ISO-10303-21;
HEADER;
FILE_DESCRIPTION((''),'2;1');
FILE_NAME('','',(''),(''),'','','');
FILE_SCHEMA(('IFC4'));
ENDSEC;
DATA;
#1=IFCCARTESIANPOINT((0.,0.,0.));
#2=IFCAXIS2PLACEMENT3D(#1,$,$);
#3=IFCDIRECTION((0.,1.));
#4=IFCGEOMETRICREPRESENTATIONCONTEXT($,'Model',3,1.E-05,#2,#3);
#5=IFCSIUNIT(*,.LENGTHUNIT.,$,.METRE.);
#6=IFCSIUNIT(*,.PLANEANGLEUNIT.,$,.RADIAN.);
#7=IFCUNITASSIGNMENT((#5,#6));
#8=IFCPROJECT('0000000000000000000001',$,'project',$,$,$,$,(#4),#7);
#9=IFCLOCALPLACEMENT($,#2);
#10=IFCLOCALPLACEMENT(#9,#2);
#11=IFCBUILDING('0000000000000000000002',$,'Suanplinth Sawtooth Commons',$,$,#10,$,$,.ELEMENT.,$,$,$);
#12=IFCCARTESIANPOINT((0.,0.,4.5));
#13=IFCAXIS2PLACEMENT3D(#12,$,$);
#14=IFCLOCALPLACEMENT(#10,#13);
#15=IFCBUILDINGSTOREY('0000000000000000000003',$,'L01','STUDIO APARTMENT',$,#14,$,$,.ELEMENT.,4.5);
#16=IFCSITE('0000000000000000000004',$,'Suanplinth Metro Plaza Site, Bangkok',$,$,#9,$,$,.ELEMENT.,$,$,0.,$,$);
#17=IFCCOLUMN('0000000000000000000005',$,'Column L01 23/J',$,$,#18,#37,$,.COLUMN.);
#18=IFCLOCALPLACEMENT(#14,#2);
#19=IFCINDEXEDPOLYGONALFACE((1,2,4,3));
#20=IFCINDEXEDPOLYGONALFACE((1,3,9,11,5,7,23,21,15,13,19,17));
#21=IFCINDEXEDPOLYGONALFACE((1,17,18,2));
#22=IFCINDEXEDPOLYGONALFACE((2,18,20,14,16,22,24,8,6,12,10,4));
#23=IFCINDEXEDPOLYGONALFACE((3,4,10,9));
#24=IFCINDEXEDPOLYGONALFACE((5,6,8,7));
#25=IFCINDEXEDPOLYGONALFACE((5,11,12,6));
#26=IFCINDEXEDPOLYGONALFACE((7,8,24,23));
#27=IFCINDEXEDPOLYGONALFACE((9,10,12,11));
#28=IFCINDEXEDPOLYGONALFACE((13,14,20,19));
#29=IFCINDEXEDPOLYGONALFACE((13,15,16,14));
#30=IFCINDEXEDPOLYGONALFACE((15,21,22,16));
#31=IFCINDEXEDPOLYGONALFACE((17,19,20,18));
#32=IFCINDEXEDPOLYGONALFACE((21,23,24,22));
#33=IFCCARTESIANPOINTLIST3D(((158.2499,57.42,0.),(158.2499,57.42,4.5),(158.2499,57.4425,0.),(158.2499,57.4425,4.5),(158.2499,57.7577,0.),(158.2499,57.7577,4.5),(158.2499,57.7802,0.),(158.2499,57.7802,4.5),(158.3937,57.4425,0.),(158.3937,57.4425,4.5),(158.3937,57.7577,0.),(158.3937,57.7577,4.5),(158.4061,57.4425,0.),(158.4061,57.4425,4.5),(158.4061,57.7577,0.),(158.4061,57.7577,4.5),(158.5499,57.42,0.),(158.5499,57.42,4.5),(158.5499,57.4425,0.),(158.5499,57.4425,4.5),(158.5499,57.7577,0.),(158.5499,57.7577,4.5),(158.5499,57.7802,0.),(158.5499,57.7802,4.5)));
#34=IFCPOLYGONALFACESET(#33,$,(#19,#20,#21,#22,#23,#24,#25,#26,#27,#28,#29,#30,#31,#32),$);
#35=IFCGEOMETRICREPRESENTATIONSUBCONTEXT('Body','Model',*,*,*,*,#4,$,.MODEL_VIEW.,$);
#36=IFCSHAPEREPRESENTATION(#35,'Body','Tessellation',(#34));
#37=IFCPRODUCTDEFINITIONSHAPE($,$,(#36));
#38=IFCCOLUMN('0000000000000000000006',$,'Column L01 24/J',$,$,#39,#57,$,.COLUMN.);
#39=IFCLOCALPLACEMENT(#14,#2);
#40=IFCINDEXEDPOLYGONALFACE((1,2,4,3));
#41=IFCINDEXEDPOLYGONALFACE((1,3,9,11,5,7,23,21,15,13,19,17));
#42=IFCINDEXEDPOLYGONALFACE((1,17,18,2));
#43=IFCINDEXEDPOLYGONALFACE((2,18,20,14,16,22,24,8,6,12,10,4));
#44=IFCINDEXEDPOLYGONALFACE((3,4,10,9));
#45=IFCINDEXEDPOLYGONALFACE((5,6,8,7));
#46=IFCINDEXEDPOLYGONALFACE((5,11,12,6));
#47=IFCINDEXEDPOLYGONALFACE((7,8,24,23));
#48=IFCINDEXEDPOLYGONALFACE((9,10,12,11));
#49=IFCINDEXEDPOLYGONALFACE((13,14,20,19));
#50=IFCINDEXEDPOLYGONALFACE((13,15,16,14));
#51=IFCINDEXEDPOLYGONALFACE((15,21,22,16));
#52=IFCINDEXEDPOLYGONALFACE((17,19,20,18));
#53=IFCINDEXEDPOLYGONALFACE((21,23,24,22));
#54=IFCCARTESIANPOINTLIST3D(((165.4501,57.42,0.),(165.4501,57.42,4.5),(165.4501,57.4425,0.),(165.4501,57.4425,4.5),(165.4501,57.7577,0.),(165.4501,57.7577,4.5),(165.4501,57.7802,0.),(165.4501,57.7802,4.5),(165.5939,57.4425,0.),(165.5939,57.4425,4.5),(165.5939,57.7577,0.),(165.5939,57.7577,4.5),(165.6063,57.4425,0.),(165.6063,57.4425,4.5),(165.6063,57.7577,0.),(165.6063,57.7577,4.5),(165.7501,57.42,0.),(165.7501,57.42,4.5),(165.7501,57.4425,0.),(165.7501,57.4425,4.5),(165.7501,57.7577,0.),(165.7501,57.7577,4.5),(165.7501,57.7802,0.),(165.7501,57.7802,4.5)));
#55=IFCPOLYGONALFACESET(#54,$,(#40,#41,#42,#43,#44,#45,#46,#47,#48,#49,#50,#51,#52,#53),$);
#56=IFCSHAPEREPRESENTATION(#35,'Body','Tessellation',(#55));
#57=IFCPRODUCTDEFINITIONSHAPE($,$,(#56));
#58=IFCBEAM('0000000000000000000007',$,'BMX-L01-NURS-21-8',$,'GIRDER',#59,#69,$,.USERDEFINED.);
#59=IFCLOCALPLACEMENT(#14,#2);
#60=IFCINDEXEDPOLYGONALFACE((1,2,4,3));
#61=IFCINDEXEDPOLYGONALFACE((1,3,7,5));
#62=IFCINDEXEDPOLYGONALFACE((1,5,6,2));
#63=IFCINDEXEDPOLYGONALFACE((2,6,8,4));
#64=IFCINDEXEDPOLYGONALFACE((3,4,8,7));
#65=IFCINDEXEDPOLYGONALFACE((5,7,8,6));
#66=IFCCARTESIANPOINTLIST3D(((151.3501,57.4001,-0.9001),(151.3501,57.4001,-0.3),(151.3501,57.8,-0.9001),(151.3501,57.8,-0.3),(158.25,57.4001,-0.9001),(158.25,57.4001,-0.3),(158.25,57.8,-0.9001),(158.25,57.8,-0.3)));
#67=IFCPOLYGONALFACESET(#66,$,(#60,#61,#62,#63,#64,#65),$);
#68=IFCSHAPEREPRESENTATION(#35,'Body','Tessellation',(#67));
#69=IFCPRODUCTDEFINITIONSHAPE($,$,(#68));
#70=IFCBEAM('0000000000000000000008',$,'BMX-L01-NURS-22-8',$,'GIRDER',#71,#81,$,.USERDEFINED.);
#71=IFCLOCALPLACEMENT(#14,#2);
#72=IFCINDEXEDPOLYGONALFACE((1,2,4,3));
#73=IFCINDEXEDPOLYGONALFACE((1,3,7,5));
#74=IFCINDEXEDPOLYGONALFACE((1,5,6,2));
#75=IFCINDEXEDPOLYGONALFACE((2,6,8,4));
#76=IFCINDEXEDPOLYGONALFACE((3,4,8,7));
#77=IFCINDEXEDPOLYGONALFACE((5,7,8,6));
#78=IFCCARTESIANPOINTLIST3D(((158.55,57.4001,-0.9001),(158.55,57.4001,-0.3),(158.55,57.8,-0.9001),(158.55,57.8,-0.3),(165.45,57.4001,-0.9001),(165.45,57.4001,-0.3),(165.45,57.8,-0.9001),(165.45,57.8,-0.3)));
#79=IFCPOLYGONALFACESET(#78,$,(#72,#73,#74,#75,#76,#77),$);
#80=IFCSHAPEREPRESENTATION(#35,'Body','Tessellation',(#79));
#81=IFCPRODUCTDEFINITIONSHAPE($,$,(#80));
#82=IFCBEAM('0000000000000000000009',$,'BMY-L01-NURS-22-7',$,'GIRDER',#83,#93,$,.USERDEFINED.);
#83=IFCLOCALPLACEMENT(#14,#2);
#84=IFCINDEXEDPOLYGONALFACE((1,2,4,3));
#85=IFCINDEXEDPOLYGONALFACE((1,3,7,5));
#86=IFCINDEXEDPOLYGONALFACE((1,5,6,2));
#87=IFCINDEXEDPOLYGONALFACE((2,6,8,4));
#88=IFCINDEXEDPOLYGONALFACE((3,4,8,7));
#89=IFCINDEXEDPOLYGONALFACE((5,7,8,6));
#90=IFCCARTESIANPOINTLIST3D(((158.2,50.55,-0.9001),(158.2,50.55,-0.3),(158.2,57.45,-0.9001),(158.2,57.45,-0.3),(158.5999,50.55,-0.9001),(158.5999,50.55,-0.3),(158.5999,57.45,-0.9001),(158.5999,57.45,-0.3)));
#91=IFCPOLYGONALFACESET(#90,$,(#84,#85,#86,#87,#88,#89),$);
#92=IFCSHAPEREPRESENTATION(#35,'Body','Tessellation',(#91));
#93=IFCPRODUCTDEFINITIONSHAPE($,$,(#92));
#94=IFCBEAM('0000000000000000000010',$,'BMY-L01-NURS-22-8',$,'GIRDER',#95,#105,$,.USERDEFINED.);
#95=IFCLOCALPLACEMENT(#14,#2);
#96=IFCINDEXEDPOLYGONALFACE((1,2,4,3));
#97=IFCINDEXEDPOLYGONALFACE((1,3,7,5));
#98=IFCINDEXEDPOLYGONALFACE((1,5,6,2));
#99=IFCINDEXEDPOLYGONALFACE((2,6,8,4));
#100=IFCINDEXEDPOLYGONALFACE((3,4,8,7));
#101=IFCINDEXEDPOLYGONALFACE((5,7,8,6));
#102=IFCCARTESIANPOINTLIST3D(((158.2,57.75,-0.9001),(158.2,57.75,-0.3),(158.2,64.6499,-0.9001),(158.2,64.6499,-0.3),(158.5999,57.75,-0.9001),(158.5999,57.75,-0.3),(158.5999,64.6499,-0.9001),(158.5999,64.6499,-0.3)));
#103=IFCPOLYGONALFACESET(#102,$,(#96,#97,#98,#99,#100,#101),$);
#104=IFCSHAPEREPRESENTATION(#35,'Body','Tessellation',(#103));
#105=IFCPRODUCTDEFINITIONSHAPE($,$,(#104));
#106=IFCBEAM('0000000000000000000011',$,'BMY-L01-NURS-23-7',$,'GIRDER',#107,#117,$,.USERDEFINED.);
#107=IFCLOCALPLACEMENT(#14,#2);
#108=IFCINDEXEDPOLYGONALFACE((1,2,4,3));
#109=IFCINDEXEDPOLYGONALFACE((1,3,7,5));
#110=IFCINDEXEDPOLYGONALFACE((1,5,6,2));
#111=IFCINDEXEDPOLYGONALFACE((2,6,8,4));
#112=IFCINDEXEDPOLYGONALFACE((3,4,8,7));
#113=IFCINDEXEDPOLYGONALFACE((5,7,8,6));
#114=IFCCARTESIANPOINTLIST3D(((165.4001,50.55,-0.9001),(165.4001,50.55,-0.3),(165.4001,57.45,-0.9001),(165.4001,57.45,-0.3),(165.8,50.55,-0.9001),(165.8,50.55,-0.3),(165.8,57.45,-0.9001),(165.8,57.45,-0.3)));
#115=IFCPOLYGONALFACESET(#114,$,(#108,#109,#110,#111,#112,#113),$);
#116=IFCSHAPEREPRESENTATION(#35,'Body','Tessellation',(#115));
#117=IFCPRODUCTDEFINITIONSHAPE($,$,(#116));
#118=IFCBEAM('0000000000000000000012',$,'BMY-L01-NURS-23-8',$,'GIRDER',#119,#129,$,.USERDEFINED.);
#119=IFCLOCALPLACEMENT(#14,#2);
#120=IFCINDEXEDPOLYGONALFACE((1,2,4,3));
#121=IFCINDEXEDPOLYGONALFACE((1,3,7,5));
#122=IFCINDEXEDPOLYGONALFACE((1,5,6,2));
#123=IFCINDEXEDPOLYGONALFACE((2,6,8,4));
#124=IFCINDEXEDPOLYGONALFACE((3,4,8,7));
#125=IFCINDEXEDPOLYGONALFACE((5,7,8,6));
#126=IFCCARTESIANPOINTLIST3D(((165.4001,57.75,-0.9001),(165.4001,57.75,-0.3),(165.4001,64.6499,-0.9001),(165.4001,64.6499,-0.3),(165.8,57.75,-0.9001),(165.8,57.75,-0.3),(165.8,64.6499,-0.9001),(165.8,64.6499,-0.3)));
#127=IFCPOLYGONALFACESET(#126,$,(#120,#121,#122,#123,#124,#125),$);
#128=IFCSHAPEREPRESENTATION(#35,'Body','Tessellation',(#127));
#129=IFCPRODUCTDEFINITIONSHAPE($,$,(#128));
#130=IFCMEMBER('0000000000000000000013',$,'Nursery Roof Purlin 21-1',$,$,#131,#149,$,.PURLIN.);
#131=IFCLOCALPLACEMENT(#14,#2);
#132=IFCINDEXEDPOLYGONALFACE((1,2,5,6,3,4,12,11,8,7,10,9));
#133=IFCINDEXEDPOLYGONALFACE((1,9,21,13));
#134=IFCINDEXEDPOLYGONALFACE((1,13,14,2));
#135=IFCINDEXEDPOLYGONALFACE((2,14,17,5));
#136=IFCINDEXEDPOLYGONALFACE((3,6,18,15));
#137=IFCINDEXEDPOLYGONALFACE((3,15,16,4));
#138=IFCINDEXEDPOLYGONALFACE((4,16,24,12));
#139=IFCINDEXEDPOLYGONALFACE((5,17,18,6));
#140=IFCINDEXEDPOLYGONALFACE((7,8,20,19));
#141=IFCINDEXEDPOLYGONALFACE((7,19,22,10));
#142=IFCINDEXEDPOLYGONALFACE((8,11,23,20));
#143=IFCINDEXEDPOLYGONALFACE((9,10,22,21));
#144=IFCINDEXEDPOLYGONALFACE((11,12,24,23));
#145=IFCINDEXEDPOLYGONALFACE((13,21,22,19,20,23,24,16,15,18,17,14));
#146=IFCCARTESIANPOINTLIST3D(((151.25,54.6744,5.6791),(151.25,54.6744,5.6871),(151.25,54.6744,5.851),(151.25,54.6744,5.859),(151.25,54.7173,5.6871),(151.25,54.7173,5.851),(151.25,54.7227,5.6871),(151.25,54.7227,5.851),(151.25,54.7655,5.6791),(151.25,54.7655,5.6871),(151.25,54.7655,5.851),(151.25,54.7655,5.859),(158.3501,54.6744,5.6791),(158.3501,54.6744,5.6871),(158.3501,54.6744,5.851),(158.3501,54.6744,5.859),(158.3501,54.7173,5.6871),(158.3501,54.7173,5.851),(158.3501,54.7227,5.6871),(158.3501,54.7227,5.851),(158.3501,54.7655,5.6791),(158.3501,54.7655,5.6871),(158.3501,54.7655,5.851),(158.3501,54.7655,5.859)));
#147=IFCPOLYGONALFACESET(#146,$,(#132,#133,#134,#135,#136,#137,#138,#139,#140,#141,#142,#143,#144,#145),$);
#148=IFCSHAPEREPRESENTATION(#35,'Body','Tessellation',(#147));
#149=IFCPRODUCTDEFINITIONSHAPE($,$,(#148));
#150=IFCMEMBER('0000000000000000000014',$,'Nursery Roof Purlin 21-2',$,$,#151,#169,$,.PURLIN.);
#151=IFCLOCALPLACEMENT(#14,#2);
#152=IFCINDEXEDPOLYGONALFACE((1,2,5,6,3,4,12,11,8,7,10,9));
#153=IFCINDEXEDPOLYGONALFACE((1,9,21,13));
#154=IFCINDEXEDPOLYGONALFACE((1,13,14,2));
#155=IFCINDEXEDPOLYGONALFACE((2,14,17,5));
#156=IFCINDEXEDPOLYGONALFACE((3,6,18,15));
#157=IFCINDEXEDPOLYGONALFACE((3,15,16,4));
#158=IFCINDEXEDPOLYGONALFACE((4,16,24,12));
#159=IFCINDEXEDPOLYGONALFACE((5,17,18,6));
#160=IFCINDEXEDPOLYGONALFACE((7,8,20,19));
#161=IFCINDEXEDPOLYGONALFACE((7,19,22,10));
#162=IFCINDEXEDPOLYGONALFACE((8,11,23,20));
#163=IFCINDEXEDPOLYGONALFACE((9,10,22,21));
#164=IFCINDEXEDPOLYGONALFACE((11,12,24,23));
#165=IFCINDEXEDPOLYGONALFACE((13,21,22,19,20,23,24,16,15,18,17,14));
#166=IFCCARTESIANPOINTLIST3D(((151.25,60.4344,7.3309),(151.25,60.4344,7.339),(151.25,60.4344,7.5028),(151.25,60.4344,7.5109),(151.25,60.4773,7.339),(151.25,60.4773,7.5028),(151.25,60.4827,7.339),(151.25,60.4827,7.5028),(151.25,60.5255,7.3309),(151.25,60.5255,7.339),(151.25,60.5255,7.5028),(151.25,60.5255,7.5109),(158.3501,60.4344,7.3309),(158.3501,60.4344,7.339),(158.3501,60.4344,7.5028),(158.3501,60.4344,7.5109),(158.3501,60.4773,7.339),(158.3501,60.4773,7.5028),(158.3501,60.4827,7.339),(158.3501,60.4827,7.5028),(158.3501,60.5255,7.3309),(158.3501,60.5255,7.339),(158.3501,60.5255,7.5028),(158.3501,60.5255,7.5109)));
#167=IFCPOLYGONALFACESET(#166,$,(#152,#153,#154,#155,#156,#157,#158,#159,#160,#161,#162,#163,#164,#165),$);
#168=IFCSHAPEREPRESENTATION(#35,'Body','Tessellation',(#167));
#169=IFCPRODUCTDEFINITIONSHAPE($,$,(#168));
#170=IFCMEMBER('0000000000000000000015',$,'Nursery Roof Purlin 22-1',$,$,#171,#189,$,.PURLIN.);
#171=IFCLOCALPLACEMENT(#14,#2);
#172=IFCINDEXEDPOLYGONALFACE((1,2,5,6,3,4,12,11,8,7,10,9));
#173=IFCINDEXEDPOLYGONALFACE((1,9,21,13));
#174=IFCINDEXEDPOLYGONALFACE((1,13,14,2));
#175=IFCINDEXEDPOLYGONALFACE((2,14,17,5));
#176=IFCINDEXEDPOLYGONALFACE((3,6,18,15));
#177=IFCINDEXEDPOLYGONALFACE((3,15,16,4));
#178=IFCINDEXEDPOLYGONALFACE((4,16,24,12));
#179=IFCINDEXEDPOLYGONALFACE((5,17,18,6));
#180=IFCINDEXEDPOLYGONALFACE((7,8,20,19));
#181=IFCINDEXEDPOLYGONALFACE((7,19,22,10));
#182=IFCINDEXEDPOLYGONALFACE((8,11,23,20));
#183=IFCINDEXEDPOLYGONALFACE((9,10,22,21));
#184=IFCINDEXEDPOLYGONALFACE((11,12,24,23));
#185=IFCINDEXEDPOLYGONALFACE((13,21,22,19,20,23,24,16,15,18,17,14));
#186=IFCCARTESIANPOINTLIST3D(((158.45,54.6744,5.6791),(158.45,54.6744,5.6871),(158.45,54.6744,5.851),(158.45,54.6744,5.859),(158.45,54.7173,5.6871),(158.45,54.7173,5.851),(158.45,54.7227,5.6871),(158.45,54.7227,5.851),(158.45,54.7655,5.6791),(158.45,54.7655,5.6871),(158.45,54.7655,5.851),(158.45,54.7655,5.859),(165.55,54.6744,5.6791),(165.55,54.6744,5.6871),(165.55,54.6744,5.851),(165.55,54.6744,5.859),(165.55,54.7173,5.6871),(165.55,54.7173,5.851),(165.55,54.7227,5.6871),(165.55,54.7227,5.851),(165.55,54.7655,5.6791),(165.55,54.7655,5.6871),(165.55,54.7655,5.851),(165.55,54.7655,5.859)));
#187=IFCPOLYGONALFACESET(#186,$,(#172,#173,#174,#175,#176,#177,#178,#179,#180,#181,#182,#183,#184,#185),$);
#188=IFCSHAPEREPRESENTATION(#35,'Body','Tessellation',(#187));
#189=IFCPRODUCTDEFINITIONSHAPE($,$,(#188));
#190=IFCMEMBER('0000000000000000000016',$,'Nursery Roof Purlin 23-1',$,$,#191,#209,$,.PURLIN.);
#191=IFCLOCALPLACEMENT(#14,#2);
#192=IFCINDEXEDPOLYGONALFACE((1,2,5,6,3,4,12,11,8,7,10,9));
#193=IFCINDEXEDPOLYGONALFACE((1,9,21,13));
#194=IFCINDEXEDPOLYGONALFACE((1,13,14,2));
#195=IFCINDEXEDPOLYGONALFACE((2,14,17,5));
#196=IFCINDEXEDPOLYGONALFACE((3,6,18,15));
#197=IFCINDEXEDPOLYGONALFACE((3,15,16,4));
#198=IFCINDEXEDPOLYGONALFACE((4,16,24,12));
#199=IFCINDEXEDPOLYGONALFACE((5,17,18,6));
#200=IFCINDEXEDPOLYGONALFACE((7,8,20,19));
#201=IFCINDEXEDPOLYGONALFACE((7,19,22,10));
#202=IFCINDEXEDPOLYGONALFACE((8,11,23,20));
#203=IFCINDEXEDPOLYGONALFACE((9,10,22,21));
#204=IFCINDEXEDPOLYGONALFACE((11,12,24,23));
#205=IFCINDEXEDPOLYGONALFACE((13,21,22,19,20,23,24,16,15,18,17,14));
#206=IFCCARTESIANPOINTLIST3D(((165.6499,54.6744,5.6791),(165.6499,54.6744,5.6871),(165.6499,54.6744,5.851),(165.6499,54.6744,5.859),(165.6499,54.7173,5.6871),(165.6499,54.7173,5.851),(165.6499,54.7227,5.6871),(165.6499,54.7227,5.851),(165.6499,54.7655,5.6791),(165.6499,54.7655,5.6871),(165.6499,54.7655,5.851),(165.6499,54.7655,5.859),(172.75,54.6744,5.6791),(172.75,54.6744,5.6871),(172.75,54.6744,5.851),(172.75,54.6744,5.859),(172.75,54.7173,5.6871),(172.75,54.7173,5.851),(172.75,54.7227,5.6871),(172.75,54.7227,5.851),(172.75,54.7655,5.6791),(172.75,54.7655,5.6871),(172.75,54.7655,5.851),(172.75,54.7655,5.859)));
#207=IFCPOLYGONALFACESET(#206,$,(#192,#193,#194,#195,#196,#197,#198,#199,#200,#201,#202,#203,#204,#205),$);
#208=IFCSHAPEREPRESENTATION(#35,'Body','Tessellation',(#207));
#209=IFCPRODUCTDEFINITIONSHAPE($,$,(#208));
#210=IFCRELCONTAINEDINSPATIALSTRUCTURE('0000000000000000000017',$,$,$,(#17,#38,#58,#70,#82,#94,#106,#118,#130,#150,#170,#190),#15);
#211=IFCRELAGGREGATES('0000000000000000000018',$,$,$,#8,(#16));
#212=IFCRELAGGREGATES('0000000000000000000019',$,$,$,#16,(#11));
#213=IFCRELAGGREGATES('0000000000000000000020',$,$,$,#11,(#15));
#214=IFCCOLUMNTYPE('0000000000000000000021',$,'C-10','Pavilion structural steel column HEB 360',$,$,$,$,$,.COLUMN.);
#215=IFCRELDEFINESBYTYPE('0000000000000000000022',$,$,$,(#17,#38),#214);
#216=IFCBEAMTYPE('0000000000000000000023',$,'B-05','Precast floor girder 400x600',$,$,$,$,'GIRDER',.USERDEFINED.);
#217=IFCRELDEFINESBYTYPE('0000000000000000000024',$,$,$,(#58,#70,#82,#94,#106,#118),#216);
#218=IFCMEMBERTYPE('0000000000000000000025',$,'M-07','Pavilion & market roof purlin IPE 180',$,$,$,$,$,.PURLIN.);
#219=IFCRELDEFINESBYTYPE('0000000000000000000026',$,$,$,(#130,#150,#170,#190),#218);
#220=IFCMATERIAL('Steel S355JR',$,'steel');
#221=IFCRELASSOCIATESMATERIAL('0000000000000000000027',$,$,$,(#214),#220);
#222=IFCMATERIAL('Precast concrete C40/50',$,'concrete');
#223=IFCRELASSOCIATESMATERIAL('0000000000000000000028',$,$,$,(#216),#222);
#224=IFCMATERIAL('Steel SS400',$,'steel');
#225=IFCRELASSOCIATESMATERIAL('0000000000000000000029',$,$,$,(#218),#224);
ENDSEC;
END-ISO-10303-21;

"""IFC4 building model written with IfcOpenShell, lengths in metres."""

from ifc_helpers import new_model, si_unit, direction, frame, origin, origin_2d, place, context, subcontext, project, spatial, rectangle, i_section, extrude, material, material_profile, profile_set, type_object, element, save


model = new_model("IFC4")

# Units and contexts
model_context = context("Model", 3, precision=1e-05, world=origin(), true_north=direction((0.0, 1.0)))
body_context = subcontext(model_context, "Body", "Model", "MODEL_VIEW")
ifc_project = project(units=[si_unit("LENGTHUNIT", "METRE"), si_unit("PLANEANGLEUNIT", "RADIAN")], contexts=[model_context])

# Site, building, storey
site_placement = place(None, origin())
site = spatial("IfcSite", under=ifc_project, at=site_placement, Name="Suanplinth Metro Plaza Site, Bangkok", CompositionType="ELEMENT", RefElevation=0.0)
building_placement = place(site_placement, origin())
building = spatial("IfcBuilding", under=site, at=building_placement, Name="Suanplinth Sawtooth Commons", CompositionType="ELEMENT")
storey_placement = place(building_placement, frame((0.0, 0.0, 4.5)))
storey = spatial("IfcBuildingStorey", under=building, at=storey_placement, Name="L01", Description="STUDIO APARTMENT", CompositionType="ELEMENT", Elevation=4.5)

# Columns
ifc_material_1 = material(Name="Steel S355JR", Category="steel")
ifc_material_profile_1 = material_profile(ifc_material_1, i_section(OverallWidth=0.3, OverallDepth=0.3601, WebThickness=0.0125, FlangeThickness=0.0225, at=origin_2d()), Name="HEB 360")
ifc_profile_set_1 = profile_set([ifc_material_profile_1], Name="Steel S355JR")
column_type = type_object("IfcColumnType", Name="C-10", Description="Pavilion structural steel column HEB 360", PredefinedType="COLUMN", material=ifc_profile_set_1)
for number, where, z_axis, x_axis, name in (
    (1, (158.3999, 57.6001, 0.0), (0.0, 0.0, 1.0), (1.0, 0.0, 0.0), "Column L01 23/J"),
    (2, (165.6001, 57.6001, 0.0), (0.0, 0.0, 1.0), (1.0, 0.0, 0.0), "Column L01 24/J"),
):
    element("IfcColumn", number, at=place(storey_placement, frame(where, z_axis=z_axis, x_axis=x_axis)), inside=storey, type_object=column_type, Name=name, PredefinedType="COLUMN", context=body_context, shape_type="SweptSolid", body=[
        extrude(i_section(OverallWidth=0.3, OverallDepth=0.3601, WebThickness=0.0125, FlangeThickness=0.0225, at=origin_2d()), origin(), (0.0, 0.0, 1.0), 4.5),
    ])

# Beams
ifc_material_2 = material(Name="Precast concrete C40/50", Category="concrete")
ifc_material_profile_2 = material_profile(ifc_material_2, rectangle(XDim=0.3999, YDim=0.6001, at=origin_2d()), Name="PC-GDR 400x600")
ifc_profile_set_2 = profile_set([ifc_material_profile_2], Name="Precast concrete C40/50")
beam_type = type_object("IfcBeamType", Name="B-05", Description="Precast floor girder 400x600", ElementType="GIRDER", PredefinedType="USERDEFINED", material=ifc_profile_set_2)
for number, where, z_axis, x_axis, name in (
    (3, (151.3501, 57.6001, -0.6001), (1.0, 0.0, 0.0), (0.0, 1.0, 0.0), "BMX-L01-NURS-21-8"),
    (4, (158.55, 57.6001, -0.6001), (1.0, 0.0, 0.0), (0.0, 1.0, 0.0), "BMX-L01-NURS-22-8"),
    (5, (158.3999, 50.55, -0.6001), (0.0, 1.0, 0.0), (-1.0, 0.0, 0.0), "BMY-L01-NURS-22-7"),
    (6, (158.3999, 57.75, -0.6001), (0.0, 1.0, 0.0), (-1.0, 0.0, 0.0), "BMY-L01-NURS-22-8"),
    (7, (165.6001, 50.55, -0.6001), (0.0, 1.0, 0.0), (-1.0, 0.0, 0.0), "BMY-L01-NURS-23-7"),
    (8, (165.6001, 57.75, -0.6001), (0.0, 1.0, 0.0), (-1.0, 0.0, 0.0), "BMY-L01-NURS-23-8"),
):
    element("IfcBeam", number, at=place(storey_placement, frame(where, z_axis=z_axis, x_axis=x_axis)), inside=storey, type_object=beam_type, Name=name, ObjectType="GIRDER", PredefinedType="USERDEFINED", context=body_context, shape_type="SweptSolid", body=[
        extrude(rectangle(XDim=0.3999, YDim=0.6001, at=origin_2d()), origin(), (0.0, 0.0, 1.0), 6.8999),
    ])

# Members
ifc_material_3 = material(Name="Steel SS400", Category="steel")
ifc_material_profile_3 = material_profile(ifc_material_3, i_section(OverallWidth=0.0911, OverallDepth=0.1799, WebThickness=0.0054, FlangeThickness=0.0081, at=origin_2d()), Name="IPE 180")
ifc_profile_set_3 = profile_set([ifc_material_profile_3], Name="Steel SS400")
member_type = type_object("IfcMemberType", Name="M-07", Description="Pavilion & market roof purlin IPE 180", PredefinedType="PURLIN", material=ifc_profile_set_3)
for number, where, z_axis, x_axis, name in (
    (9, (151.25, 54.72, 5.769), (1.0, 0.0, 0.0), (0.0, 1.0, 0.0), "Nursery Roof Purlin 21-1"),
    (10, (151.25, 60.48, 7.4209), (1.0, 0.0, 0.0), (0.0, 1.0, 0.0), "Nursery Roof Purlin 21-2"),
    (11, (158.45, 54.72, 5.769), (1.0, 0.0, 0.0), (0.0, 1.0, 0.0), "Nursery Roof Purlin 22-1"),
    (12, (165.6499, 54.72, 5.769), (1.0, 0.0, 0.0), (0.0, 1.0, 0.0), "Nursery Roof Purlin 23-1"),
):
    element("IfcMember", number, at=place(storey_placement, frame(where, z_axis=z_axis, x_axis=x_axis)), inside=storey, type_object=member_type, Name=name, PredefinedType="PURLIN", context=body_context, shape_type="SweptSolid", body=[
        extrude(i_section(OverallWidth=0.0911, OverallDepth=0.1799, WebThickness=0.0054, FlangeThickness=0.0081, at=origin_2d()), origin(), (0.0, 0.0, 1.0), 7.1001),
    ])

save(model, "model.ifc")
